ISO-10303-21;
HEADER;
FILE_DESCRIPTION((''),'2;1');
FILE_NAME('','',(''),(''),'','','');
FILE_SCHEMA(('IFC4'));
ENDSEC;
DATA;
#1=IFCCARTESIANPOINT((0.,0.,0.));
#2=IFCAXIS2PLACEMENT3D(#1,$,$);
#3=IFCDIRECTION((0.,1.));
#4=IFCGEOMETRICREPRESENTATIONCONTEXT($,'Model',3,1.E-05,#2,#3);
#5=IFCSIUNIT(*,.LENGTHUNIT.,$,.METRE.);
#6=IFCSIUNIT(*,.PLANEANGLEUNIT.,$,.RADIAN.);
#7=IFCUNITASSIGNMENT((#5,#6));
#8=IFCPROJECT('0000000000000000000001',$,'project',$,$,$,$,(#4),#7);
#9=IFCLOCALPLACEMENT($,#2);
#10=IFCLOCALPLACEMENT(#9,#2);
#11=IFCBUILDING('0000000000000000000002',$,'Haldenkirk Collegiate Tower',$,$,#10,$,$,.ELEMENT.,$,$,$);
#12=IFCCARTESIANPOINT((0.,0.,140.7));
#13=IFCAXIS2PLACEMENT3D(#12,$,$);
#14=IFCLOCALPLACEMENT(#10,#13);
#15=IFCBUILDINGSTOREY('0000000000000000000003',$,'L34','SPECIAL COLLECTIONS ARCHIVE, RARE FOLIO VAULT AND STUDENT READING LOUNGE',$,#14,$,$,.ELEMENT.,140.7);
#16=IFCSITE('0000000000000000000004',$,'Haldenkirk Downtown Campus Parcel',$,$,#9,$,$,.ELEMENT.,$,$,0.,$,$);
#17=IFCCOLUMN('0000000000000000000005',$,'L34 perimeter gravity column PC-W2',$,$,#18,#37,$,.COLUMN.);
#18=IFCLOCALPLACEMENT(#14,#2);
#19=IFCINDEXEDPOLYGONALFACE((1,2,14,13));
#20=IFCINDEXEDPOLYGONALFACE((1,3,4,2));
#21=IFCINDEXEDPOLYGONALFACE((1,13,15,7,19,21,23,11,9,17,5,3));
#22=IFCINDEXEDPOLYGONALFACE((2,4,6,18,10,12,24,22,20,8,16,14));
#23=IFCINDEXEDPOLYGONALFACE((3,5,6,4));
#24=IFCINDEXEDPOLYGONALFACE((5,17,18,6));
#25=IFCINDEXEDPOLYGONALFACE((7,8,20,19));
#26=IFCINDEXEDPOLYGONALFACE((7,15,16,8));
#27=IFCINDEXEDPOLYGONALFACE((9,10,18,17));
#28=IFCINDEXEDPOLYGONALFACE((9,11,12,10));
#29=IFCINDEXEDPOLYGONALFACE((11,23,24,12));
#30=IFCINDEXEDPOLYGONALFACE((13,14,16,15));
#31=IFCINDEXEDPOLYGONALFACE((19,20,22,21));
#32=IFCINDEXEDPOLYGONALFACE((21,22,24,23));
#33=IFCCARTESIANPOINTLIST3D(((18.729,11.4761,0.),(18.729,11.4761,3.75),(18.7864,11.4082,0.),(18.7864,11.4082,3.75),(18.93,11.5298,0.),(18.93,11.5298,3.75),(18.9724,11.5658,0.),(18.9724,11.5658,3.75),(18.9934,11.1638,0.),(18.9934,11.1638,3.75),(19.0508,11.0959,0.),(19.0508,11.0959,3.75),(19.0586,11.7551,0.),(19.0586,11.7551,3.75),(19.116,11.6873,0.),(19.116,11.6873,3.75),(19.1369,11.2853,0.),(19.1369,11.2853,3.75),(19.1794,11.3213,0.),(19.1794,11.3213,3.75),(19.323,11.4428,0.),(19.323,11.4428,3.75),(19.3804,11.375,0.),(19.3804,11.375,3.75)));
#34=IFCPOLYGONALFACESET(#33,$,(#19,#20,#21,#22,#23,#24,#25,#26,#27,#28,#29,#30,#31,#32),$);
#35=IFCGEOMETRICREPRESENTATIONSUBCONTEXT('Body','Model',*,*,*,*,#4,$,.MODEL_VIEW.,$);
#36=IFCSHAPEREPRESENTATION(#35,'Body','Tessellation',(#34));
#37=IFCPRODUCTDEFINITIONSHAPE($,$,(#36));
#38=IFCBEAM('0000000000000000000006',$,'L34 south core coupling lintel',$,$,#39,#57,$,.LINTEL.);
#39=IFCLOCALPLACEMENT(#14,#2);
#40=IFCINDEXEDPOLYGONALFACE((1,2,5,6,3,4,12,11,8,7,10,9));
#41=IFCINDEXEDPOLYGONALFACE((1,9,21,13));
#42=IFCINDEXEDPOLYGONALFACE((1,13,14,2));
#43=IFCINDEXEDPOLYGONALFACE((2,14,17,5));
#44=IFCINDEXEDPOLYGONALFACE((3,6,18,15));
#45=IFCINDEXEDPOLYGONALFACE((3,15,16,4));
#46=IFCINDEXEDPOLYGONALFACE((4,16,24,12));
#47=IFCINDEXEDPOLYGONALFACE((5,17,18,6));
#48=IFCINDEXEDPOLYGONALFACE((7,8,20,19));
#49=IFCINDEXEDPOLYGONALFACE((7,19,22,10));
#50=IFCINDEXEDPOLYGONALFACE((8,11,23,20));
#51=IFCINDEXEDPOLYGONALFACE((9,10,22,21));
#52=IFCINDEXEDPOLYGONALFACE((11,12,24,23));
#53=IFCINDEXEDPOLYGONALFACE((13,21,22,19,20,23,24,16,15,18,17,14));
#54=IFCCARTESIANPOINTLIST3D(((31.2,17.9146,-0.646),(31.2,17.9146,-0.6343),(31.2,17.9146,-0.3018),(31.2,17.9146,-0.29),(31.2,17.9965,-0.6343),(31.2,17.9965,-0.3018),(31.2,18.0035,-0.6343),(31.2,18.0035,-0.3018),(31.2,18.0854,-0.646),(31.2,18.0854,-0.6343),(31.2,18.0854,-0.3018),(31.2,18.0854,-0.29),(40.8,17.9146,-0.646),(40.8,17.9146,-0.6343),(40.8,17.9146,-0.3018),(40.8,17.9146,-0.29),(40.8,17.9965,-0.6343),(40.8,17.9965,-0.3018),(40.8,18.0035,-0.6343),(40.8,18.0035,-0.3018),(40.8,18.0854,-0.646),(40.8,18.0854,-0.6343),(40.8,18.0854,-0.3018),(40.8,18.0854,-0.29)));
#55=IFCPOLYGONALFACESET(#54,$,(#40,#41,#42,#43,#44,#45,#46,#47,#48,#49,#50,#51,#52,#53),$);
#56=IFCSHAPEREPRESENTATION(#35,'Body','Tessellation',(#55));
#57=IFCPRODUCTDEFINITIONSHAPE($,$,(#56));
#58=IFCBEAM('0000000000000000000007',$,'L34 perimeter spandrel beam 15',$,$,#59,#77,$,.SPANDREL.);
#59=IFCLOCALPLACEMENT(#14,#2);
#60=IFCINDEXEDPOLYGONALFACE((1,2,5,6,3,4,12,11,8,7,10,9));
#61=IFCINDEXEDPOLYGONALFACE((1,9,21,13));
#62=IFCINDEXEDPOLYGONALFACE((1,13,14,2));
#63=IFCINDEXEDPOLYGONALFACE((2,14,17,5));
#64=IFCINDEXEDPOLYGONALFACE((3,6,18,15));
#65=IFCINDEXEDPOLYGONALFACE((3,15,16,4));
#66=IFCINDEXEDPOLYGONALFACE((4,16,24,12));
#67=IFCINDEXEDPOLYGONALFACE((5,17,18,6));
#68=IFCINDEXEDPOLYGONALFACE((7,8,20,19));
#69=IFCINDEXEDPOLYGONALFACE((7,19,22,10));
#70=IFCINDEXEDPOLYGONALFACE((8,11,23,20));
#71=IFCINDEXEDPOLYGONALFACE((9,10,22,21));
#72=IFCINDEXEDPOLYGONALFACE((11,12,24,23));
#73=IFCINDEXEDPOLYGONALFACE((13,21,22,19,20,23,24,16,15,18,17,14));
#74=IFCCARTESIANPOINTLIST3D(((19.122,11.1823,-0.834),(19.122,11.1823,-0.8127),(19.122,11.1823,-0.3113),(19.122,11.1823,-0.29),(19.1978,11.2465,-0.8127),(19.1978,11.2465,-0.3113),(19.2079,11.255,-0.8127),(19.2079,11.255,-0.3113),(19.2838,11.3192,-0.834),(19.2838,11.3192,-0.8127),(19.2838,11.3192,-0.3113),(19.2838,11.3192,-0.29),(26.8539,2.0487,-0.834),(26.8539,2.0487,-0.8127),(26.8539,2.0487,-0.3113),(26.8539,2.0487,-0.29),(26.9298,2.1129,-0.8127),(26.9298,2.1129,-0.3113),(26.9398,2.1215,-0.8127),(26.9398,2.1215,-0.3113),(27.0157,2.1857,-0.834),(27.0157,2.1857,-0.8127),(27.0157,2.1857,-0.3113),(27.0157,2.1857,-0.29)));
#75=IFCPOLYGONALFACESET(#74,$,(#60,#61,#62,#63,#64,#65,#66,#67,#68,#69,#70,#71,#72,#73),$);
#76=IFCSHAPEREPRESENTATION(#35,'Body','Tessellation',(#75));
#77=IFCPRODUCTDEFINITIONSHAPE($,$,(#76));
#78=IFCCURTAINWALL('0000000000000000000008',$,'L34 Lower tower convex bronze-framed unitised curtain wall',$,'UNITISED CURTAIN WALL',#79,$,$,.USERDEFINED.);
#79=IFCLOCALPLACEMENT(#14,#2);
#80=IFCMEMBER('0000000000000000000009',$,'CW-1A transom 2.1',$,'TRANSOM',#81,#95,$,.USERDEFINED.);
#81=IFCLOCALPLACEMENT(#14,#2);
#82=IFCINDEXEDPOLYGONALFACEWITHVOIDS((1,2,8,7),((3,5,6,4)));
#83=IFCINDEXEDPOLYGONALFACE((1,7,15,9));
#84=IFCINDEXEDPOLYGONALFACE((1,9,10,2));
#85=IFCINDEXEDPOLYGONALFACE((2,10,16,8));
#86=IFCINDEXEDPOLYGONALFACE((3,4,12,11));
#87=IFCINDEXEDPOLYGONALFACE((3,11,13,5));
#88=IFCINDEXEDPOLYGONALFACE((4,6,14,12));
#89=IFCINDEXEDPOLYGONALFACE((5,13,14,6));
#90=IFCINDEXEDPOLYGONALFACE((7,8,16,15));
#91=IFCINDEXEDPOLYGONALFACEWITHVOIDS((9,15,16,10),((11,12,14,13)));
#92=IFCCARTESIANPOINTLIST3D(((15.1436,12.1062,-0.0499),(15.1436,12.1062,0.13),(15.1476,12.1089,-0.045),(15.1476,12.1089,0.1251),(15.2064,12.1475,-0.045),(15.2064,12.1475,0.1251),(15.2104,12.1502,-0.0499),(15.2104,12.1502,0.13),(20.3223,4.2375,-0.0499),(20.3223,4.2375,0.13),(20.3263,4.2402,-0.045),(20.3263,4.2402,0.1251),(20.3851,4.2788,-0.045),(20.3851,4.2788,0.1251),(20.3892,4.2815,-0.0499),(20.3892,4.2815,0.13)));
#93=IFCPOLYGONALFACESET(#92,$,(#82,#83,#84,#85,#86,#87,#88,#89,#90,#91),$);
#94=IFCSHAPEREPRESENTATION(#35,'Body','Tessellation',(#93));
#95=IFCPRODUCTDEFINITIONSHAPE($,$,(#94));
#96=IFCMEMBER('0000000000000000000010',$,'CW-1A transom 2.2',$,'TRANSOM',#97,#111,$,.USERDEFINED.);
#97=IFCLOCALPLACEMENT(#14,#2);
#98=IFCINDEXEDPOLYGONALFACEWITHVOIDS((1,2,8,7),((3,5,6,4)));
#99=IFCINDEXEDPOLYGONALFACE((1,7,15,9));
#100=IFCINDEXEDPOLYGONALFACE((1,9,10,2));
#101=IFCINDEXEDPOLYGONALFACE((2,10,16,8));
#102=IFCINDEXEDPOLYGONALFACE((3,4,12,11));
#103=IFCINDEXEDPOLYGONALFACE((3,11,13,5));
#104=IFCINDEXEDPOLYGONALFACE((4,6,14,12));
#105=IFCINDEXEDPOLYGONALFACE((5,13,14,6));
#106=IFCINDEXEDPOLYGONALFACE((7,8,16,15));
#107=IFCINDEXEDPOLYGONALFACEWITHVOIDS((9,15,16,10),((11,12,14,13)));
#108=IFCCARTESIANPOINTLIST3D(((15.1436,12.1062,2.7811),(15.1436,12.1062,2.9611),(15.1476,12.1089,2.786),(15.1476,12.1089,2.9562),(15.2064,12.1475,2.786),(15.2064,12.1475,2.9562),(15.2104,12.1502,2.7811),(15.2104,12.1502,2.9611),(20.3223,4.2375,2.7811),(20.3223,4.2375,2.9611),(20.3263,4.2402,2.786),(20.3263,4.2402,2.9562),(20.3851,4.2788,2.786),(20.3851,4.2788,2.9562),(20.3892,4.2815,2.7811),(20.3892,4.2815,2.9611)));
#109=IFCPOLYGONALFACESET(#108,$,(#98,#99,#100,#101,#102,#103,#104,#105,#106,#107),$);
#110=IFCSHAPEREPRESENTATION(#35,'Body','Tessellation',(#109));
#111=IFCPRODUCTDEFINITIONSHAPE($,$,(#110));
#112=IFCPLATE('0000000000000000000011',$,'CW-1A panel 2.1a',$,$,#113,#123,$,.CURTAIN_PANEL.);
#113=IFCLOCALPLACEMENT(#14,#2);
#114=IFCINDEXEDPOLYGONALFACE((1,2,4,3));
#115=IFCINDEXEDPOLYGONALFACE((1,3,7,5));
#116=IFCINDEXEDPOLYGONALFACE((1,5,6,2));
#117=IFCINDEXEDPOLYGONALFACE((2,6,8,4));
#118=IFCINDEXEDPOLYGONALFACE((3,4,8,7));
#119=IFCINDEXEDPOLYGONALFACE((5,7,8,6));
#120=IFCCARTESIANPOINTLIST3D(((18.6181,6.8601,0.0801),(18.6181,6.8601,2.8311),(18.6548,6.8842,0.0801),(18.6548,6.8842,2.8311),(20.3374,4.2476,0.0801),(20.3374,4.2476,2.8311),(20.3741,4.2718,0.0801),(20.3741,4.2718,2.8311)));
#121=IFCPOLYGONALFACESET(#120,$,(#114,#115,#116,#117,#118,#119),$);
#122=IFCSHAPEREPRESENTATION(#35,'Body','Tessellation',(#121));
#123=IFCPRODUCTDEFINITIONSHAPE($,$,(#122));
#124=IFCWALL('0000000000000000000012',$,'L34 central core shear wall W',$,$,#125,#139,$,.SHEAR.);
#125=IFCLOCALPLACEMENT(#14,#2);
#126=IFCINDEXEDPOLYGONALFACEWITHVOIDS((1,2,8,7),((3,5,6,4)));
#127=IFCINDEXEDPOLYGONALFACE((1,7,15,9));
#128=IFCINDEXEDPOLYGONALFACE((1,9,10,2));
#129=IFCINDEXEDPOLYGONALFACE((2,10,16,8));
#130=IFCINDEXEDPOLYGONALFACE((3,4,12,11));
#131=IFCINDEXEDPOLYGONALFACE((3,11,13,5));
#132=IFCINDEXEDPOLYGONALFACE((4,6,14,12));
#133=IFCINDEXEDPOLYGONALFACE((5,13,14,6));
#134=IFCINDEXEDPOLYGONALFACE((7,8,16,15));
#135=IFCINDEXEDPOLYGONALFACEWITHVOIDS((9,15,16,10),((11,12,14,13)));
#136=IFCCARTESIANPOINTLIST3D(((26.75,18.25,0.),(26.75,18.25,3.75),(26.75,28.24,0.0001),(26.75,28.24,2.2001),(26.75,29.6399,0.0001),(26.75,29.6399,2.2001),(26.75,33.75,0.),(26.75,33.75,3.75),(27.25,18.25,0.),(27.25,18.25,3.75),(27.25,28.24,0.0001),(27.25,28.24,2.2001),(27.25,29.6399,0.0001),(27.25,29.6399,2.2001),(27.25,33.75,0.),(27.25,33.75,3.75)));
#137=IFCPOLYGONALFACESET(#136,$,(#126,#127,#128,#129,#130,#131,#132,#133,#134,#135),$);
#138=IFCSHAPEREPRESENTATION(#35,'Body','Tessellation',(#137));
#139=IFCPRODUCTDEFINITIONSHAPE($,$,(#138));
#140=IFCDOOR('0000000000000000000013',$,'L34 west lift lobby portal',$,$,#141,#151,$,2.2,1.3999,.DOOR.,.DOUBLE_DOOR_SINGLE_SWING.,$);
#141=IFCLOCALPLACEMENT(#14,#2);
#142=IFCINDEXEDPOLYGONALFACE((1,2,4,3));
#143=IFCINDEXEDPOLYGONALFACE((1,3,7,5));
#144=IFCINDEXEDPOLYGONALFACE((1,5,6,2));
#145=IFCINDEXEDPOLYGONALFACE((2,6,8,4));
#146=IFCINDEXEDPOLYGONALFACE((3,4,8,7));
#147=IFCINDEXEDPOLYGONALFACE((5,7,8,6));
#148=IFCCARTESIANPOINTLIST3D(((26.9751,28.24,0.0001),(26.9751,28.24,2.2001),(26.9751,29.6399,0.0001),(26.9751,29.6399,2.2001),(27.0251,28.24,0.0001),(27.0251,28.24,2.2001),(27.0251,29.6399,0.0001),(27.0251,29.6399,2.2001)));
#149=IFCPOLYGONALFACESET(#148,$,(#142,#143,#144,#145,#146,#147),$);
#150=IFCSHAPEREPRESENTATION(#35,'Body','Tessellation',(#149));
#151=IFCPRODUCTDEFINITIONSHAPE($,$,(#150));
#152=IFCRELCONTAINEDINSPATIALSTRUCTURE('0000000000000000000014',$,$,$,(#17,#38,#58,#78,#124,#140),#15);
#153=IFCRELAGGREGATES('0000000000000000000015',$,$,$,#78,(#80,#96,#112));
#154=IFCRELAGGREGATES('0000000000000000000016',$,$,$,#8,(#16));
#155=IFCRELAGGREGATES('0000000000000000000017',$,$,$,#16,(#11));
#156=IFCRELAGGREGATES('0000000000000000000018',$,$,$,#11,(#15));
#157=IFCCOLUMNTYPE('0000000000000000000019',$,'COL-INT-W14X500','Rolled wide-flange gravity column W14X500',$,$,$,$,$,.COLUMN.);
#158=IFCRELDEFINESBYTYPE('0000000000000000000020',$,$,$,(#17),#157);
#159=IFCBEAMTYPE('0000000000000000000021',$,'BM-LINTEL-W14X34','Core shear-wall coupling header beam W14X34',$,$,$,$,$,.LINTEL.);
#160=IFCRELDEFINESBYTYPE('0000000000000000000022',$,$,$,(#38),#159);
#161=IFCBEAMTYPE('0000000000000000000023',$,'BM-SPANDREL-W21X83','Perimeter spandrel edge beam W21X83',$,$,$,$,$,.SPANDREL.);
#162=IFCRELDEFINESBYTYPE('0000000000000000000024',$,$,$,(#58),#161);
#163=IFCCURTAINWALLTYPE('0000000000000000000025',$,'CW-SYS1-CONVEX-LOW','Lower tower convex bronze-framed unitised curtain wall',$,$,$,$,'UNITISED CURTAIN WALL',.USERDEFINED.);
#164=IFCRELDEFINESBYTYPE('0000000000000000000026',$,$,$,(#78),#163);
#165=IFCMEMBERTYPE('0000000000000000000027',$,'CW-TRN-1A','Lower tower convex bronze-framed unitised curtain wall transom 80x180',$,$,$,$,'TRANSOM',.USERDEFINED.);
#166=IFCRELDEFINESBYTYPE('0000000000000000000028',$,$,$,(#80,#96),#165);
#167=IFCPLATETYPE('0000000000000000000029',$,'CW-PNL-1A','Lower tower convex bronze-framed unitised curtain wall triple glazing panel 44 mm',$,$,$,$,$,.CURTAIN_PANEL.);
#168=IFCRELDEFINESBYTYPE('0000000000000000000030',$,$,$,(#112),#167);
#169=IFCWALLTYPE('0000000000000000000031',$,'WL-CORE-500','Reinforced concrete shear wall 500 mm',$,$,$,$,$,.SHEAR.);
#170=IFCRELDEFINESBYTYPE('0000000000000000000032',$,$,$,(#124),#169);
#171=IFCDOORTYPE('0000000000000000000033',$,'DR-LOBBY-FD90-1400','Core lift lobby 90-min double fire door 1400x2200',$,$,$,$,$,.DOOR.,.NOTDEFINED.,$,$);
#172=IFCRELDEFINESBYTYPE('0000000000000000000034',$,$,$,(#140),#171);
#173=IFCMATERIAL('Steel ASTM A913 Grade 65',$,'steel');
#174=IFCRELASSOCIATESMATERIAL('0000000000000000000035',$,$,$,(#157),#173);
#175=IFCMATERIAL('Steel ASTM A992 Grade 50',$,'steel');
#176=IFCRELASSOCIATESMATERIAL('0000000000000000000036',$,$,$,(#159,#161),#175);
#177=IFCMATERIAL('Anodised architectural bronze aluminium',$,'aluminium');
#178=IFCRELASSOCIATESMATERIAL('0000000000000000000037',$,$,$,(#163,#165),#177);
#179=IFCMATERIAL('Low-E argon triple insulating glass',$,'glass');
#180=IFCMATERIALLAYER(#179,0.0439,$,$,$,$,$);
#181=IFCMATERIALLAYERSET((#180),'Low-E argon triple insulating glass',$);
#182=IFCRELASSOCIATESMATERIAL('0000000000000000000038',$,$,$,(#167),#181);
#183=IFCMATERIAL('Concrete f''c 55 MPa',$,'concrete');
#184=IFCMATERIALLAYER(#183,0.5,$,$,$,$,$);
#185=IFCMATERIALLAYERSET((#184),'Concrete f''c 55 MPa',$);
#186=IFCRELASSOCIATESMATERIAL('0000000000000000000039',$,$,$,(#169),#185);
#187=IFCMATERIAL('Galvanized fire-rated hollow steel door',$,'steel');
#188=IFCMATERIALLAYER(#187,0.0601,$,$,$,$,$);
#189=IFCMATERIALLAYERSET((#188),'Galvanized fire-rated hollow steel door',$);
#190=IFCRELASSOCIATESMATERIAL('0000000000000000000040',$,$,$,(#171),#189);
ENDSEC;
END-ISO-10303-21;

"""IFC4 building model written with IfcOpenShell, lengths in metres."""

from ifc_helpers import new_model, si_unit, direction, frame, frame_2d, origin, origin_2d, place, context, subcontext, project, spatial, rectangle, hollow_rectangle, i_section, extrude, source, transform, mapped, material, layer, layer_set, material_profile, profile_set, type_object, element, fill, aggregate, save


model = new_model("IFC4")

# Units and contexts
model_context = context("Model", 3, precision=1e-05, world=origin(), true_north=direction((0.0, 1.0)))
body_context = subcontext(model_context, "Body", "Model", "MODEL_VIEW")
ifc_project = project(units=[si_unit("LENGTHUNIT", "METRE"), si_unit("PLANEANGLEUNIT", "RADIAN")], contexts=[model_context])

# Site, building, storey
site_placement = place(None, origin())
site = spatial("IfcSite", under=ifc_project, at=site_placement, Name="Haldenkirk Downtown Campus Parcel", CompositionType="ELEMENT", RefElevation=0.0)
building_placement = place(site_placement, origin())
building = spatial("IfcBuilding", under=site, at=building_placement, Name="Haldenkirk Collegiate Tower", CompositionType="ELEMENT")
storey_placement = place(building_placement, frame((0.0, 0.0, 140.7)))
storey = spatial("IfcBuildingStorey", under=building, at=storey_placement, Name="L34", Description="SPECIAL COLLECTIONS ARCHIVE, RARE FOLIO VAULT AND STUDENT READING LOUNGE", CompositionType="ELEMENT", Elevation=140.7)

# Column
ifc_material_1 = material(Name="Steel ASTM A913 Grade 65", Category="steel")
ifc_material_profile_1 = material_profile(ifc_material_1, i_section(OverallWidth=0.4319, OverallDepth=0.498, WebThickness=0.0557, FlangeThickness=0.0889, at=origin_2d()), Name="W14X500")
ifc_profile_set_1 = profile_set([ifc_material_profile_1], Name="Steel ASTM A913 Grade 65")
column_type = type_object("IfcColumnType", Name="COL-INT-W14X500", Description="Rolled wide-flange gravity column W14X500", PredefinedType="COLUMN", material=ifc_profile_set_1)
column_placement = place(storey_placement, frame((19.0547, 11.4255, 0.0), z_axis=(0.0, 0.0, 1.0), x_axis=(0.763232, 0.646124, 0.0)))
element("IfcColumn", 1, at=column_placement, inside=storey, type_object=column_type, Name="L34 perimeter gravity column PC-W2", PredefinedType="COLUMN", context=body_context, shape_type="SweptSolid", body=[
    extrude(i_section(OverallWidth=0.4319, OverallDepth=0.498, WebThickness=0.0557, FlangeThickness=0.0889, at=origin_2d()), origin(), (0.0, 0.0, 1.0), 3.75),
])

# Beams
ifc_material_2 = material(Name="Steel ASTM A992 Grade 50", Category="steel")
ifc_material_profile_2 = material_profile(ifc_material_2, i_section(OverallWidth=0.1709, OverallDepth=0.356, WebThickness=0.0071, FlangeThickness=0.0117, at=origin_2d()), Name="W14X34")
ifc_profile_set_2 = profile_set([ifc_material_profile_2], Name="Steel ASTM A992 Grade 50")
beam_type_1 = type_object("IfcBeamType", Name="BM-LINTEL-W14X34", Description="Core shear-wall coupling header beam W14X34", PredefinedType="LINTEL", material=ifc_profile_set_2)
beam_1_placement = place(storey_placement, frame((31.2, 18.0, -0.468), z_axis=(1.0, 0.0, 0.0), x_axis=(0.0, 1.0, 0.0)))
element("IfcBeam", 2, at=beam_1_placement, inside=storey, type_object=beam_type_1, Name="L34 south core coupling lintel", PredefinedType="LINTEL", context=body_context, shape_type="SweptSolid", body=[
    extrude(i_section(OverallWidth=0.1709, OverallDepth=0.356, WebThickness=0.0071, FlangeThickness=0.0117, at=origin_2d()), origin(), (0.0, 0.0, 1.0), 9.6001),
])
ifc_material_profile_3 = material_profile(ifc_material_2, i_section(OverallWidth=0.2119, OverallDepth=0.5439, WebThickness=0.0132, FlangeThickness=0.0212, at=origin_2d()), Name="W21X83")
ifc_profile_set_3 = profile_set([ifc_material_profile_3], Name="Steel ASTM A992 Grade 50")
beam_type_2 = type_object("IfcBeamType", Name="BM-SPANDREL-W21X83", Description="Perimeter spandrel edge beam W21X83", PredefinedType="SPANDREL", material=ifc_profile_set_3)
beam_2_placement = place(storey_placement, frame((19.2029, 11.2507, -0.562), z_axis=(0.646115, -0.76324, 0.0), x_axis=(0.76324, 0.646115, 0.0)))
element("IfcBeam", 3, at=beam_2_placement, inside=storey, type_object=beam_type_2, Name="L34 perimeter spandrel beam 15", PredefinedType="SPANDREL", context=body_context, shape_type="SweptSolid", body=[
    extrude(i_section(OverallWidth=0.2119, OverallDepth=0.5439, WebThickness=0.0132, FlangeThickness=0.0212, at=origin_2d()), origin(), (0.0, 0.0, 1.0), 11.9668),
])

# Curtain wall, members, plate
ifc_material_3 = material(Name="Anodised architectural bronze aluminium", Category="aluminium")
curtain_wall_type = type_object("IfcCurtainWallType", Name="CW-SYS1-CONVEX-LOW", Description="Lower tower convex bronze-framed unitised curtain wall", ElementType="UNITISED CURTAIN WALL", PredefinedType="USERDEFINED", material=ifc_material_3)
curtain_wall_placement = place(storey_placement, origin())
curtain_wall = element("IfcCurtainWall", 4, at=curtain_wall_placement, inside=storey, type_object=curtain_wall_type, Name="L34 Lower tower convex bronze-framed unitised curtain wall", ObjectType="UNITISED CURTAIN WALL", PredefinedType="USERDEFINED")
ifc_material_profile_4 = material_profile(ifc_material_3, hollow_rectangle(XDim=0.0801, YDim=0.1799, WallThickness=0.0049, at=origin_2d()), Name="CW-TRN-1A")
ifc_profile_set_4 = profile_set([ifc_material_profile_4], Name="Anodised architectural bronze aluminium")
member_type = type_object("IfcMemberType", Name="CW-TRN-1A", Description="Lower tower convex bronze-framed unitised curtain wall transom 80x180", ElementType="TRANSOM", PredefinedType="USERDEFINED", material=ifc_profile_set_4)
member_1_placement = place(storey_placement, frame((20.3557, 4.2595, 0.04), z_axis=(-0.549762, 0.835321, 0.0), x_axis=(-0.835321, -0.549762, 0.0)))
member_1 = element("IfcMember", 5, at=member_1_placement, type_object=member_type, Name="CW-1A transom 2.1", ObjectType="TRANSOM", PredefinedType="USERDEFINED", context=body_context, shape_type="SweptSolid", body=[
    extrude(hollow_rectangle(XDim=0.0801, YDim=0.1799, WallThickness=0.0049, at=origin_2d()), origin(), (0.0, 0.0, 1.0), 9.4199),
])
member_2_placement = place(storey_placement, frame((20.3557, 4.2595, 2.8711), z_axis=(-0.549762, 0.835321, 0.0), x_axis=(-0.835321, -0.549762, 0.0)))
member_2 = element("IfcMember", 6, at=member_2_placement, type_object=member_type, Name="CW-1A transom 2.2", ObjectType="TRANSOM", PredefinedType="USERDEFINED", context=body_context, shape_type="SweptSolid", body=[
    extrude(hollow_rectangle(XDim=0.0801, YDim=0.1799, WallThickness=0.0049, at=origin_2d()), origin(), (0.0, 0.0, 1.0), 9.4199),
])
ifc_material_4 = material(Name="Low-E argon triple insulating glass", Category="glass")
ifc_layer_1 = layer(ifc_material_4, 0.0439)
ifc_layer_set_1 = layer_set([ifc_layer_1], Name="Low-E argon triple insulating glass")
plate_type = type_object("IfcPlateType", Name="CW-PNL-1A", Description="Lower tower convex bronze-framed unitised curtain wall triple glazing panel 44 mm", PredefinedType="CURTAIN_PANEL", material=ifc_layer_set_1)
shared_shape = source(origin(), body_context, "Body", "SweptSolid", [
    extrude(rectangle(XDim=3.1274, YDim=0.0439, at=origin_2d()), origin(), (0.0, 0.0, 1.0), 2.751),
])
plate_placement = place(storey_placement, frame((19.4961, 5.5659, 0.0801), z_axis=(0.0, 0.0, 1.0), x_axis=(-0.549753, 0.835327, 0.0)))
plate = element("IfcPlate", 7, at=plate_placement, type_object=plate_type, Name="CW-1A panel 2.1a", PredefinedType="CURTAIN_PANEL", context=body_context, shape_type="MappedRepresentation", body=[
    mapped(shared_shape, transform((0.0, 0.0, 0.0), x_axis=(1.0, 0.0, 0.0), y_axis=(0.0, 1.0, 0.0), z_axis=(0.0, 0.0, 1.0), scale=1.0)),
])
aggregate(curtain_wall, [member_1, member_2, plate])

# Shared definitions
ifc_material_5 = material(Name="Concrete f'c 55 MPa", Category="concrete")
ifc_layer_2 = layer(ifc_material_5, 0.5)
ifc_layer_set_2 = layer_set([ifc_layer_2], Name="Concrete f'c 55 MPa")
wall_type_1 = type_object("IfcWallType", Name="WL-CORE-500", Description="Reinforced concrete shear wall 500 mm", PredefinedType="SHEAR", material=ifc_layer_set_2)
ifc_material_6 = material(Name="Galvanized fire-rated hollow steel door", Category="steel")

# Wall, opening, door
wall_1_placement = place(storey_placement, frame((27.0, 18.25, 0.0), z_axis=(0.0, 0.0, 1.0), x_axis=(0.0, 1.0, 0.0)))
wall_1 = element("IfcWall", 8, at=wall_1_placement, inside=storey, type_object=wall_type_1, Name="L34 central core shear wall W", PredefinedType="SHEAR", context=body_context, shape_type="SweptSolid", body=[
    extrude(rectangle(XDim=15.5, YDim=0.5, at=frame_2d((7.75, 0.0))), origin(), (0.0, 0.0, 1.0), 3.75),
])
opening_1_placement = place(wall_1_placement, frame((9.99, 0.0, 0.0)))
opening_1 = element("IfcOpeningElement", 9, at=opening_1_placement, cuts=wall_1, PredefinedType="OPENING", context=body_context, shape_type="SweptSolid", body=[
    extrude(rectangle(XDim=1.3999, YDim=2.2, at=frame_2d((0.7, 1.1001))), frame((0.0, 0.26, 0.0), z_axis=(0.0, -1.0, 0.0), x_axis=(1.0, 0.0, 0.0)), (0.0, 0.0, 1.0), 0.52),
])
ifc_layer_3 = layer(ifc_material_6, 0.0601)
ifc_layer_set_3 = layer_set([ifc_layer_3], Name="Galvanized fire-rated hollow steel door")
door_type_1 = type_object("IfcDoorType", Name="DR-LOBBY-FD90-1400", Description="Core lift lobby 90-min double fire door 1400x2200", OperationType="NOTDEFINED", PredefinedType="DOOR", material=ifc_layer_set_3)
door_1_placement = place(opening_1_placement, origin())
door_1 = element("IfcDoor", 10, at=door_1_placement, inside=storey, type_object=door_type_1, Name="L34 west lift lobby portal", OperationType="DOUBLE_DOOR_SINGLE_SWING", OverallHeight=2.2, OverallWidth=1.3999, PredefinedType="DOOR", context=body_context, shape_type="SweptSolid", body=[
    extrude(rectangle(XDim=1.3999, YDim=2.2, at=frame_2d((0.7, 1.1001))), frame((0.0, 0.0249, 0.0), z_axis=(0.0, -1.0, 0.0), x_axis=(1.0, 0.0, 0.0)), (0.0, 0.0, 1.0), 0.05),
])
fill(opening_1, door_1)

save(model, "model.ifc")
